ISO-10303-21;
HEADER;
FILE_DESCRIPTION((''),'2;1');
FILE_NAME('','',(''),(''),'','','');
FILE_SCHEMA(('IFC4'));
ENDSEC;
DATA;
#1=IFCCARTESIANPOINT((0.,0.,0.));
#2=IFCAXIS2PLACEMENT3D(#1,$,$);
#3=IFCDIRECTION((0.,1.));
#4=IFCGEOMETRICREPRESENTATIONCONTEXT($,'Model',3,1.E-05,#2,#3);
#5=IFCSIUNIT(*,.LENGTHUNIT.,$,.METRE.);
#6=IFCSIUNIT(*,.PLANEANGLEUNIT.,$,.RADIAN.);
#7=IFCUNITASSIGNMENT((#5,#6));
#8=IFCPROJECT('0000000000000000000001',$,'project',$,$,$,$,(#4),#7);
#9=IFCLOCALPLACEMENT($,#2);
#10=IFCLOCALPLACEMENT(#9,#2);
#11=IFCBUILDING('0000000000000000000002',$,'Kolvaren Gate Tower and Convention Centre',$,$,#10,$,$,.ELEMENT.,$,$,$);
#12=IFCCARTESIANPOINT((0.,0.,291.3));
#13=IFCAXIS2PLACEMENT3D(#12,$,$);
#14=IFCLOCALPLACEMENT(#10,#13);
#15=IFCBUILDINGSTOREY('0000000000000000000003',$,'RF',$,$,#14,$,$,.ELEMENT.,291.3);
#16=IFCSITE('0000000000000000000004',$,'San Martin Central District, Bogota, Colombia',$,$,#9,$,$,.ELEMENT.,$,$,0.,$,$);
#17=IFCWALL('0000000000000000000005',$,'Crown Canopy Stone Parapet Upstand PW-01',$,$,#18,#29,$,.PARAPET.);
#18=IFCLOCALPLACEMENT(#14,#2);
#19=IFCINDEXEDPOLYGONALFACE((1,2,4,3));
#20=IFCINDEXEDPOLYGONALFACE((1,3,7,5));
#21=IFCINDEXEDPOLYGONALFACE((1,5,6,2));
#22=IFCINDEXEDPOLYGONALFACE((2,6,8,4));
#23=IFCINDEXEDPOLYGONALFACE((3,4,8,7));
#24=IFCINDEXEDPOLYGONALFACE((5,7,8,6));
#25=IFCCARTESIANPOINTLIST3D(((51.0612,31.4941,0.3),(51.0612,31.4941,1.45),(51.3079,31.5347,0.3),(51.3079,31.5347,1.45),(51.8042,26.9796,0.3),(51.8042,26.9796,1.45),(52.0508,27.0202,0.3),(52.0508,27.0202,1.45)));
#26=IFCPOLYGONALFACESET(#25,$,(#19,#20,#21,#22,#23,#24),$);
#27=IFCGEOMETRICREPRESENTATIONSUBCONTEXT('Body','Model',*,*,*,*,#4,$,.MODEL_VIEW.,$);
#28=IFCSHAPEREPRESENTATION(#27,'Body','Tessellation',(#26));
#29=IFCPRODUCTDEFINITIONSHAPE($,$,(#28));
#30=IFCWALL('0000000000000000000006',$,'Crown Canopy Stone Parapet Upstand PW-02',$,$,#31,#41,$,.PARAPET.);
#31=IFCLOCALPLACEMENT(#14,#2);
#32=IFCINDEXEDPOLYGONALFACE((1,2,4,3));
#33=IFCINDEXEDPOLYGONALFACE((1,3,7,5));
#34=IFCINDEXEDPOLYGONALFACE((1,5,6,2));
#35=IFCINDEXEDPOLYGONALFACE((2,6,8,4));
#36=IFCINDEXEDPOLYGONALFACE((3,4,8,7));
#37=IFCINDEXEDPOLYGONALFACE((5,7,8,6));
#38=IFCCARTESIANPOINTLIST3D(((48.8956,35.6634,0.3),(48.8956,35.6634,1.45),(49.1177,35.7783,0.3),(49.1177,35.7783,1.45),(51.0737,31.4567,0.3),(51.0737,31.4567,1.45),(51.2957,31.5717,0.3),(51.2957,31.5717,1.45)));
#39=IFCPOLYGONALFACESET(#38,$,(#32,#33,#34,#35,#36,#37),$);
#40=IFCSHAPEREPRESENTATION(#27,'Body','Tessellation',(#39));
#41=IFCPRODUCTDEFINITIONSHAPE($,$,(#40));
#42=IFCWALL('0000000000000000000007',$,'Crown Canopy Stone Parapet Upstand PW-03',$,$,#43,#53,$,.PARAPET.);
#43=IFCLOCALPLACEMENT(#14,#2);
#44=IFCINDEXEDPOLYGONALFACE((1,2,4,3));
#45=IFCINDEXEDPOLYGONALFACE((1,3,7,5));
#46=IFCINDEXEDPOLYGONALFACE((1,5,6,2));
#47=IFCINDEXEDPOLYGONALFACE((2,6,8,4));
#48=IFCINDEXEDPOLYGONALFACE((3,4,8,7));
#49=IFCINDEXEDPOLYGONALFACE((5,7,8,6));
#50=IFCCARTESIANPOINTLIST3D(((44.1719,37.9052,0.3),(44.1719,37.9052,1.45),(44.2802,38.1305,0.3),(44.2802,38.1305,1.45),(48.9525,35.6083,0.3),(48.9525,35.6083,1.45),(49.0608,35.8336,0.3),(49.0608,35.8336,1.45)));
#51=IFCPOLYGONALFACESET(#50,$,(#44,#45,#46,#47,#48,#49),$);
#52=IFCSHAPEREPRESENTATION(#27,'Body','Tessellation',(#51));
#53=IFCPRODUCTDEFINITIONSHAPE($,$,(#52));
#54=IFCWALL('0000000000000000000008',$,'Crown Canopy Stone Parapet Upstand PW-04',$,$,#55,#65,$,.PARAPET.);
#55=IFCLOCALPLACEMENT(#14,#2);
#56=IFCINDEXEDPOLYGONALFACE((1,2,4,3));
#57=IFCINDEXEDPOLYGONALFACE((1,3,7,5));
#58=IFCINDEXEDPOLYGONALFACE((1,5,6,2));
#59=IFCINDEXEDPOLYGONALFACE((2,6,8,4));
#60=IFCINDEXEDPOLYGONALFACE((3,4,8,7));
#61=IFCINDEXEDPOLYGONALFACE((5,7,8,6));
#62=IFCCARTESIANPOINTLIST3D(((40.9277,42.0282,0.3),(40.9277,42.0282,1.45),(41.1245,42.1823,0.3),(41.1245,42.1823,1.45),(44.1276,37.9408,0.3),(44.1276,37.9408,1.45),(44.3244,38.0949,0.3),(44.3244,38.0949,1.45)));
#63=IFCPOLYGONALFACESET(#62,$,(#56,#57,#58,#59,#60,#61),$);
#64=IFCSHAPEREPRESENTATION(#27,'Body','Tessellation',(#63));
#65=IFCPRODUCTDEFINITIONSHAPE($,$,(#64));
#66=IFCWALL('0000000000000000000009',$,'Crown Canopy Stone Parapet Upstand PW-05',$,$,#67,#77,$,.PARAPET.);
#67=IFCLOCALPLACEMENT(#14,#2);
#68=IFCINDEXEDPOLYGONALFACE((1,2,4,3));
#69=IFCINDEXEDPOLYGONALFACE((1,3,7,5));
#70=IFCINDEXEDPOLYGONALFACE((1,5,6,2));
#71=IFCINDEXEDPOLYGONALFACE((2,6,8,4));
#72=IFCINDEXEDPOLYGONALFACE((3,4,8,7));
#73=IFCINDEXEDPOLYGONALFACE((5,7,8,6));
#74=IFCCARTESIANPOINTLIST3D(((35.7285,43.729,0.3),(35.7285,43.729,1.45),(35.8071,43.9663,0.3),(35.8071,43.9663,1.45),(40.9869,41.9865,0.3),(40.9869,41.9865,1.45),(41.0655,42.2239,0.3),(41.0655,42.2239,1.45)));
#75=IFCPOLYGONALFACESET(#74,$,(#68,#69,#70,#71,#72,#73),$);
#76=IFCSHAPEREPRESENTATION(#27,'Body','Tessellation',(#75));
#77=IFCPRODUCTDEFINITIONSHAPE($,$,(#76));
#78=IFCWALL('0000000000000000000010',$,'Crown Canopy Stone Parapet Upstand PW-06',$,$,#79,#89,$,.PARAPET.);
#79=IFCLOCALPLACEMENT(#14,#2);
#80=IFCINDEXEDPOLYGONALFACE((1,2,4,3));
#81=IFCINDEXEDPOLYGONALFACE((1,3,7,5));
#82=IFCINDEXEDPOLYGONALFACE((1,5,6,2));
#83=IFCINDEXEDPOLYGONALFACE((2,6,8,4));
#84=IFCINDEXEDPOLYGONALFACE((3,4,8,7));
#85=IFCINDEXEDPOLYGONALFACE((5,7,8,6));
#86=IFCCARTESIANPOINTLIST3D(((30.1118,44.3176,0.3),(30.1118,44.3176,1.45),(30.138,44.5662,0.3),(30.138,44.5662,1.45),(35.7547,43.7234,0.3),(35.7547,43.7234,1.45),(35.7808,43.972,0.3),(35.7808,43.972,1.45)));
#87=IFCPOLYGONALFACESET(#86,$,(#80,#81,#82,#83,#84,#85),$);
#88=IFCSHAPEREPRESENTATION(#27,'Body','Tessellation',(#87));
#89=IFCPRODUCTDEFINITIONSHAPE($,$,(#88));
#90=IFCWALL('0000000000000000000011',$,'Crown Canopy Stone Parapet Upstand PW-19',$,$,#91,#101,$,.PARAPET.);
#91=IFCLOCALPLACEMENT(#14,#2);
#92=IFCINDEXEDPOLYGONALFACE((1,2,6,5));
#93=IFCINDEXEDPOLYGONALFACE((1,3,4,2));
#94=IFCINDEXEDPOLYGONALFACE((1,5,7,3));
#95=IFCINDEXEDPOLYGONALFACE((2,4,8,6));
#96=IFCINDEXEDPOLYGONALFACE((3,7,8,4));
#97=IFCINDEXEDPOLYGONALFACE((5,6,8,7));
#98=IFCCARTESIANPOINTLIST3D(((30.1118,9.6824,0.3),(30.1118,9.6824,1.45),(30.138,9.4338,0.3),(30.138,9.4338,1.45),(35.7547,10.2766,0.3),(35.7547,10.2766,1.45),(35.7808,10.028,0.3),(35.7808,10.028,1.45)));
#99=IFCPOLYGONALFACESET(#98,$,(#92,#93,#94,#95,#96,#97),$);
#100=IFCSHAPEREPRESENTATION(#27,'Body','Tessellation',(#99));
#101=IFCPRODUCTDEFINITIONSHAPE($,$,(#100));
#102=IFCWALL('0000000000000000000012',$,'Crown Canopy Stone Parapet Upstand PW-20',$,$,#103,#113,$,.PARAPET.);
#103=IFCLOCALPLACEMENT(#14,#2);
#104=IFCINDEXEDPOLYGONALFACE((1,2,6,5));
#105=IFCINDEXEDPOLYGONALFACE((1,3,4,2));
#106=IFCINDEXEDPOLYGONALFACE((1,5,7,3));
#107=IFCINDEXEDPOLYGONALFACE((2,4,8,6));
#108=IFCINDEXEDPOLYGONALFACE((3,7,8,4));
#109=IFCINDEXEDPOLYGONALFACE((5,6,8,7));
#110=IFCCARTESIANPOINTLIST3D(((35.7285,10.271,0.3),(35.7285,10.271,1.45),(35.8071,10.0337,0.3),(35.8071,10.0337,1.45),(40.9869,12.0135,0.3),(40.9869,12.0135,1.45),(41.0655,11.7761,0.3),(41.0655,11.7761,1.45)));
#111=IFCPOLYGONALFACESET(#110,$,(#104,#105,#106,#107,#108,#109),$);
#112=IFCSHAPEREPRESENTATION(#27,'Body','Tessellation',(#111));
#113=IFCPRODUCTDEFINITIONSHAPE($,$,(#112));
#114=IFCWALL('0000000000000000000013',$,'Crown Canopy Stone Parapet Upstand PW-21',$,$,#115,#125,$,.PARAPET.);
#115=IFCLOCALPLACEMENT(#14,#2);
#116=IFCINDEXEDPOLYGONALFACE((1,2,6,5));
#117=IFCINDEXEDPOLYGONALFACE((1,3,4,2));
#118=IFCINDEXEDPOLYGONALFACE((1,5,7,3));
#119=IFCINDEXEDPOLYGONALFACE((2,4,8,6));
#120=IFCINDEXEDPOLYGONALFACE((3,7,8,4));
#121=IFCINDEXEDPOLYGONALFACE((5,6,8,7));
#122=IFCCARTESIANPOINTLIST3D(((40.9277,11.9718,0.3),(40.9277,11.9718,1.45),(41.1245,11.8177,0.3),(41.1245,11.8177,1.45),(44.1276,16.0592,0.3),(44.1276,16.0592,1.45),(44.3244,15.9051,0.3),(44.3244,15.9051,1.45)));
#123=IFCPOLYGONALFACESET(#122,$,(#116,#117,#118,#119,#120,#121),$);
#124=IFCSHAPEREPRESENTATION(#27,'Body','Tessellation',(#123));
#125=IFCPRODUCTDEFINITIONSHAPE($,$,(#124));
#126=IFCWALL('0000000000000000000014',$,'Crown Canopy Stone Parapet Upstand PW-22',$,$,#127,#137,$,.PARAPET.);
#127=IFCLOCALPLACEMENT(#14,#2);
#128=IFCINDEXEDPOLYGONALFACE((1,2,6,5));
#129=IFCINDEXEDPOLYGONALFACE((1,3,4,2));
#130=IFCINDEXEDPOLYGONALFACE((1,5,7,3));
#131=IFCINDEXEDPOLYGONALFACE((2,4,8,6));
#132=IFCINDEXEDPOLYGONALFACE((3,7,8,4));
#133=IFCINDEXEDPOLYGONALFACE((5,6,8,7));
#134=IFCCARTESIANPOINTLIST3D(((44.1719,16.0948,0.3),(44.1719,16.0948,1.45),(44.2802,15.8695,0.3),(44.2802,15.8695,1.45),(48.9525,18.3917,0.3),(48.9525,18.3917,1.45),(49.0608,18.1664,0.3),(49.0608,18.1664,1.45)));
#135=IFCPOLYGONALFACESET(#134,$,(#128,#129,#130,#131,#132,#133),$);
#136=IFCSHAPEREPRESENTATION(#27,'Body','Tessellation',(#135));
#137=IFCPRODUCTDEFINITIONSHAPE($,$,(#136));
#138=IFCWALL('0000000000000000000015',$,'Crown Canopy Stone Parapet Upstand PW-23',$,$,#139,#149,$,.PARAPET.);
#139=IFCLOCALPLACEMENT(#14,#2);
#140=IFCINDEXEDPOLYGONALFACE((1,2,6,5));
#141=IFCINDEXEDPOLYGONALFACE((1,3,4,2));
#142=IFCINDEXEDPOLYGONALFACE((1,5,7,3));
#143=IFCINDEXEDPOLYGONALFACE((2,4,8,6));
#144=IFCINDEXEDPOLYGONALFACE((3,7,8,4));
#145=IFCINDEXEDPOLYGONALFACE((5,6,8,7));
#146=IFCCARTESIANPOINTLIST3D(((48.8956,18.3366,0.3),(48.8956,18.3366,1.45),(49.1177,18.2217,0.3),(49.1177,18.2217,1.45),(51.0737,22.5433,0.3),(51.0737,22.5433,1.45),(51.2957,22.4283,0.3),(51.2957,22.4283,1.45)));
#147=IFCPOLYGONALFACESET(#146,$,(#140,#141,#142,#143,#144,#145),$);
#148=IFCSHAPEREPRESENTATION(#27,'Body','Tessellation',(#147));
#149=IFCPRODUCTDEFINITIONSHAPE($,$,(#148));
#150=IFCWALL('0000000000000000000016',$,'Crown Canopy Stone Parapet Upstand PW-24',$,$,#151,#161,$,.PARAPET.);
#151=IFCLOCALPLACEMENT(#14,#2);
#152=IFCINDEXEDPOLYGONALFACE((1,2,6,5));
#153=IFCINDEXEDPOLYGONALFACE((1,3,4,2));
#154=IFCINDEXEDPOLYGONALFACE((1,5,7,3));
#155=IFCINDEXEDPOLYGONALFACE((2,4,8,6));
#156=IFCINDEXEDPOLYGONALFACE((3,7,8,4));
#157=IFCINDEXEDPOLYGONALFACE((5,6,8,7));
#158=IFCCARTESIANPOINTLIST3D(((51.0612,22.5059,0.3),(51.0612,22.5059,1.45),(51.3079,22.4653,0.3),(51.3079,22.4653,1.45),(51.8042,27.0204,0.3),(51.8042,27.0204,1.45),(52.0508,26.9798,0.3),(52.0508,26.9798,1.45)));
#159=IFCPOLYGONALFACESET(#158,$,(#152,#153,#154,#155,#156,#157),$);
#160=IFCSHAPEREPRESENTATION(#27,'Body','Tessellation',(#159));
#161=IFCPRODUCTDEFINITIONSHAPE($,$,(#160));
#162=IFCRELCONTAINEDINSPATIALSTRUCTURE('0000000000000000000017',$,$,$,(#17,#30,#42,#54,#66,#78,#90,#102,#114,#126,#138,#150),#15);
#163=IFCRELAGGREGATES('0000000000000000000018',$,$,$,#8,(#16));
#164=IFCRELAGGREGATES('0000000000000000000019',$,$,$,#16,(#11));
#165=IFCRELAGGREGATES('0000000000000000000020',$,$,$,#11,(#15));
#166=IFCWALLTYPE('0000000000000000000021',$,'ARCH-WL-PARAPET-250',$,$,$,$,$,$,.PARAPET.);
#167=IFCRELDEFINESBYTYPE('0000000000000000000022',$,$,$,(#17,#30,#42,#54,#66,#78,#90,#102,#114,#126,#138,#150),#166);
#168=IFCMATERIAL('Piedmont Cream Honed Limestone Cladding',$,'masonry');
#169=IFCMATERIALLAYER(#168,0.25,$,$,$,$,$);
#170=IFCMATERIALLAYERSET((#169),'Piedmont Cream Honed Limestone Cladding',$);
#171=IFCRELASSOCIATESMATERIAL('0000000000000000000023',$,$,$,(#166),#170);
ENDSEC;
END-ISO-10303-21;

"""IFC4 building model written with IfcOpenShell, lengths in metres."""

from ifc_helpers import new_model, si_unit, direction, frame, frame_2d, origin, place, context, subcontext, project, spatial, rectangle, extrude, material, layer, layer_set, type_object, element, save


model = new_model("IFC4")

# Units and contexts
model_context = context("Model", 3, precision=1e-05, world=origin(), true_north=direction((0.0, 1.0)))
body_context = subcontext(model_context, "Body", "Model", "MODEL_VIEW")
ifc_project = project(units=[si_unit("LENGTHUNIT", "METRE"), si_unit("PLANEANGLEUNIT", "RADIAN")], contexts=[model_context])

# Site, building, storey
site_placement = place(None, origin())
site = spatial("IfcSite", under=ifc_project, at=site_placement, Name="San Martin Central District, Bogota, Colombia", CompositionType="ELEMENT", RefElevation=0.0)
building_placement = place(site_placement, origin())
building = spatial("IfcBuilding", under=site, at=building_placement, Name="Kolvaren Gate Tower and Convention Centre", CompositionType="ELEMENT")
storey_placement = place(building_placement, frame((0.0, 0.0, 291.3)))
storey = spatial("IfcBuildingStorey", under=building, at=storey_placement, Name="RF", CompositionType="ELEMENT", Elevation=291.3)

# Walls
ifc_material_1 = material(Name="Piedmont Cream Honed Limestone Cladding", Category="masonry")
ifc_layer = layer(ifc_material_1, 0.25)
ifc_layer_set = layer_set([ifc_layer], Name="Piedmont Cream Honed Limestone Cladding")
wall_type = type_object("IfcWallType", Name="ARCH-WL-PARAPET-250", PredefinedType="PARAPET", material=ifc_layer_set)
wall_1_placement = place(storey_placement, frame((51.1846, 31.5144, 0.3), z_axis=(0.0, 0.0, 1.0), x_axis=(0.162382, -0.986728, 0.0)))
element("IfcWall", 1, at=wall_1_placement, inside=storey, type_object=wall_type, Name="Crown Canopy Stone Parapet Upstand PW-01", PredefinedType="PARAPET", context=body_context, shape_type="SweptSolid", body=[
    extrude(rectangle(XDim=4.5752, YDim=0.25, at=frame_2d((2.2876, 0.0))), origin(), (0.0, 0.0, 1.0), 1.1499),
])
wall_2_placement = place(storey_placement, frame((49.0066, 35.7209, 0.3), z_axis=(0.0, 0.0, 1.0), x_axis=(0.459786, -0.88803, 0.0)))
element("IfcWall", 2, at=wall_2_placement, inside=storey, type_object=wall_type, Name="Crown Canopy Stone Parapet Upstand PW-02", PredefinedType="PARAPET", context=body_context, shape_type="SweptSolid", body=[
    extrude(rectangle(XDim=4.7371, YDim=0.25, at=frame_2d((2.3687, 0.0))), origin(), (0.0, 0.0, 1.0), 1.1499),
])
wall_3_placement = place(storey_placement, frame((44.2261, 38.0178, 0.3), z_axis=(0.0, 0.0, 1.0), x_axis=(0.901359, -0.433072, 0.0)))
element("IfcWall", 3, at=wall_3_placement, inside=storey, type_object=wall_type, Name="Crown Canopy Stone Parapet Upstand PW-03", PredefinedType="PARAPET", context=body_context, shape_type="SweptSolid", body=[
    extrude(rectangle(XDim=5.3037, YDim=0.25, at=frame_2d((2.6519, 0.0))), origin(), (0.0, 0.0, 1.0), 1.1499),
])
wall_4_placement = place(storey_placement, frame((41.0261, 42.1052, 0.3), z_axis=(0.0, 0.0, 1.0), x_axis=(0.616441, -0.787401, 0.0)))
element("IfcWall", 4, at=wall_4_placement, inside=storey, type_object=wall_type, Name="Crown Canopy Stone Parapet Upstand PW-04", PredefinedType="PARAPET", context=body_context, shape_type="SweptSolid", body=[
    extrude(rectangle(XDim=5.1909, YDim=0.25, at=frame_2d((2.5955, 0.0))), origin(), (0.0, 0.0, 1.0), 1.1499),
])
wall_5_placement = place(storey_placement, frame((35.7678, 43.8477, 0.3), z_axis=(0.0, 0.0, 1.0), x_axis=(0.949242, -0.314548, 0.0)))
element("IfcWall", 5, at=wall_5_placement, inside=storey, type_object=wall_type, Name="Crown Canopy Stone Parapet Upstand PW-05", PredefinedType="PARAPET", context=body_context, shape_type="SweptSolid", body=[
    extrude(rectangle(XDim=5.5396, YDim=0.25, at=frame_2d((2.7698, 0.0))), origin(), (0.0, 0.0, 1.0), 1.1499),
])
for number, where, z_axis, x_axis, name in (
    (6, (30.125, 44.4419, 0.3), (0.0, 0.0, 1.0), (0.994501, -0.10473, 0.0), "Crown Canopy Stone Parapet Upstand PW-06"),
    (7, (30.125, 9.5581, 0.3), (0.0, 0.0, 1.0), (0.994501, 0.10473, 0.0), "Crown Canopy Stone Parapet Upstand PW-19"),
):
    element("IfcWall", number, at=place(storey_placement, frame(where, z_axis=z_axis, x_axis=x_axis)), inside=storey, type_object=wall_type, Name=name, PredefinedType="PARAPET", context=body_context, shape_type="SweptSolid", body=[
        extrude(rectangle(XDim=5.6741, YDim=0.25, at=frame_2d((2.8369, 0.0))), origin(), (0.0, 0.0, 1.0), 1.1499),
    ])
wall_6_placement = place(storey_placement, frame((35.7678, 10.1523, 0.3), z_axis=(0.0, 0.0, 1.0), x_axis=(0.949242, 0.314548, 0.0)))
element("IfcWall", 8, at=wall_6_placement, inside=storey, type_object=wall_type, Name="Crown Canopy Stone Parapet Upstand PW-20", PredefinedType="PARAPET", context=body_context, shape_type="SweptSolid", body=[
    extrude(rectangle(XDim=5.5396, YDim=0.25, at=frame_2d((2.7698, 0.0))), origin(), (0.0, 0.0, 1.0), 1.1499),
])
wall_7_placement = place(storey_placement, frame((41.0261, 11.8948, 0.3), z_axis=(0.0, 0.0, 1.0), x_axis=(0.616441, 0.787401, 0.0)))
element("IfcWall", 9, at=wall_7_placement, inside=storey, type_object=wall_type, Name="Crown Canopy Stone Parapet Upstand PW-21", PredefinedType="PARAPET", context=body_context, shape_type="SweptSolid", body=[
    extrude(rectangle(XDim=5.1909, YDim=0.25, at=frame_2d((2.5955, 0.0))), origin(), (0.0, 0.0, 1.0), 1.1499),
])
wall_8_placement = place(storey_placement, frame((44.2261, 15.9822, 0.3), z_axis=(0.0, 0.0, 1.0), x_axis=(0.901359, 0.433072, 0.0)))
element("IfcWall", 10, at=wall_8_placement, inside=storey, type_object=wall_type, Name="Crown Canopy Stone Parapet Upstand PW-22", PredefinedType="PARAPET", context=body_context, shape_type="SweptSolid", body=[
    extrude(rectangle(XDim=5.3037, YDim=0.25, at=frame_2d((2.6519, 0.0))), origin(), (0.0, 0.0, 1.0), 1.1499),
])
wall_9_placement = place(storey_placement, frame((49.0066, 18.2791, 0.3), z_axis=(0.0, 0.0, 1.0), x_axis=(0.459786, 0.88803, 0.0)))
element("IfcWall", 11, at=wall_9_placement, inside=storey, type_object=wall_type, Name="Crown Canopy Stone Parapet Upstand PW-23", PredefinedType="PARAPET", context=body_context, shape_type="SweptSolid", body=[
    extrude(rectangle(XDim=4.7371, YDim=0.25, at=frame_2d((2.3687, 0.0))), origin(), (0.0, 0.0, 1.0), 1.1499),
])
wall_10_placement = place(storey_placement, frame((51.1846, 22.4856, 0.3), z_axis=(0.0, 0.0, 1.0), x_axis=(0.162382, 0.986728, 0.0)))
element("IfcWall", 12, at=wall_10_placement, inside=storey, type_object=wall_type, Name="Crown Canopy Stone Parapet Upstand PW-24", PredefinedType="PARAPET", context=body_context, shape_type="SweptSolid", body=[
    extrude(rectangle(XDim=4.5752, YDim=0.25, at=frame_2d((2.2876, 0.0))), origin(), (0.0, 0.0, 1.0), 1.1499),
])

save(model, "model.ifc")
